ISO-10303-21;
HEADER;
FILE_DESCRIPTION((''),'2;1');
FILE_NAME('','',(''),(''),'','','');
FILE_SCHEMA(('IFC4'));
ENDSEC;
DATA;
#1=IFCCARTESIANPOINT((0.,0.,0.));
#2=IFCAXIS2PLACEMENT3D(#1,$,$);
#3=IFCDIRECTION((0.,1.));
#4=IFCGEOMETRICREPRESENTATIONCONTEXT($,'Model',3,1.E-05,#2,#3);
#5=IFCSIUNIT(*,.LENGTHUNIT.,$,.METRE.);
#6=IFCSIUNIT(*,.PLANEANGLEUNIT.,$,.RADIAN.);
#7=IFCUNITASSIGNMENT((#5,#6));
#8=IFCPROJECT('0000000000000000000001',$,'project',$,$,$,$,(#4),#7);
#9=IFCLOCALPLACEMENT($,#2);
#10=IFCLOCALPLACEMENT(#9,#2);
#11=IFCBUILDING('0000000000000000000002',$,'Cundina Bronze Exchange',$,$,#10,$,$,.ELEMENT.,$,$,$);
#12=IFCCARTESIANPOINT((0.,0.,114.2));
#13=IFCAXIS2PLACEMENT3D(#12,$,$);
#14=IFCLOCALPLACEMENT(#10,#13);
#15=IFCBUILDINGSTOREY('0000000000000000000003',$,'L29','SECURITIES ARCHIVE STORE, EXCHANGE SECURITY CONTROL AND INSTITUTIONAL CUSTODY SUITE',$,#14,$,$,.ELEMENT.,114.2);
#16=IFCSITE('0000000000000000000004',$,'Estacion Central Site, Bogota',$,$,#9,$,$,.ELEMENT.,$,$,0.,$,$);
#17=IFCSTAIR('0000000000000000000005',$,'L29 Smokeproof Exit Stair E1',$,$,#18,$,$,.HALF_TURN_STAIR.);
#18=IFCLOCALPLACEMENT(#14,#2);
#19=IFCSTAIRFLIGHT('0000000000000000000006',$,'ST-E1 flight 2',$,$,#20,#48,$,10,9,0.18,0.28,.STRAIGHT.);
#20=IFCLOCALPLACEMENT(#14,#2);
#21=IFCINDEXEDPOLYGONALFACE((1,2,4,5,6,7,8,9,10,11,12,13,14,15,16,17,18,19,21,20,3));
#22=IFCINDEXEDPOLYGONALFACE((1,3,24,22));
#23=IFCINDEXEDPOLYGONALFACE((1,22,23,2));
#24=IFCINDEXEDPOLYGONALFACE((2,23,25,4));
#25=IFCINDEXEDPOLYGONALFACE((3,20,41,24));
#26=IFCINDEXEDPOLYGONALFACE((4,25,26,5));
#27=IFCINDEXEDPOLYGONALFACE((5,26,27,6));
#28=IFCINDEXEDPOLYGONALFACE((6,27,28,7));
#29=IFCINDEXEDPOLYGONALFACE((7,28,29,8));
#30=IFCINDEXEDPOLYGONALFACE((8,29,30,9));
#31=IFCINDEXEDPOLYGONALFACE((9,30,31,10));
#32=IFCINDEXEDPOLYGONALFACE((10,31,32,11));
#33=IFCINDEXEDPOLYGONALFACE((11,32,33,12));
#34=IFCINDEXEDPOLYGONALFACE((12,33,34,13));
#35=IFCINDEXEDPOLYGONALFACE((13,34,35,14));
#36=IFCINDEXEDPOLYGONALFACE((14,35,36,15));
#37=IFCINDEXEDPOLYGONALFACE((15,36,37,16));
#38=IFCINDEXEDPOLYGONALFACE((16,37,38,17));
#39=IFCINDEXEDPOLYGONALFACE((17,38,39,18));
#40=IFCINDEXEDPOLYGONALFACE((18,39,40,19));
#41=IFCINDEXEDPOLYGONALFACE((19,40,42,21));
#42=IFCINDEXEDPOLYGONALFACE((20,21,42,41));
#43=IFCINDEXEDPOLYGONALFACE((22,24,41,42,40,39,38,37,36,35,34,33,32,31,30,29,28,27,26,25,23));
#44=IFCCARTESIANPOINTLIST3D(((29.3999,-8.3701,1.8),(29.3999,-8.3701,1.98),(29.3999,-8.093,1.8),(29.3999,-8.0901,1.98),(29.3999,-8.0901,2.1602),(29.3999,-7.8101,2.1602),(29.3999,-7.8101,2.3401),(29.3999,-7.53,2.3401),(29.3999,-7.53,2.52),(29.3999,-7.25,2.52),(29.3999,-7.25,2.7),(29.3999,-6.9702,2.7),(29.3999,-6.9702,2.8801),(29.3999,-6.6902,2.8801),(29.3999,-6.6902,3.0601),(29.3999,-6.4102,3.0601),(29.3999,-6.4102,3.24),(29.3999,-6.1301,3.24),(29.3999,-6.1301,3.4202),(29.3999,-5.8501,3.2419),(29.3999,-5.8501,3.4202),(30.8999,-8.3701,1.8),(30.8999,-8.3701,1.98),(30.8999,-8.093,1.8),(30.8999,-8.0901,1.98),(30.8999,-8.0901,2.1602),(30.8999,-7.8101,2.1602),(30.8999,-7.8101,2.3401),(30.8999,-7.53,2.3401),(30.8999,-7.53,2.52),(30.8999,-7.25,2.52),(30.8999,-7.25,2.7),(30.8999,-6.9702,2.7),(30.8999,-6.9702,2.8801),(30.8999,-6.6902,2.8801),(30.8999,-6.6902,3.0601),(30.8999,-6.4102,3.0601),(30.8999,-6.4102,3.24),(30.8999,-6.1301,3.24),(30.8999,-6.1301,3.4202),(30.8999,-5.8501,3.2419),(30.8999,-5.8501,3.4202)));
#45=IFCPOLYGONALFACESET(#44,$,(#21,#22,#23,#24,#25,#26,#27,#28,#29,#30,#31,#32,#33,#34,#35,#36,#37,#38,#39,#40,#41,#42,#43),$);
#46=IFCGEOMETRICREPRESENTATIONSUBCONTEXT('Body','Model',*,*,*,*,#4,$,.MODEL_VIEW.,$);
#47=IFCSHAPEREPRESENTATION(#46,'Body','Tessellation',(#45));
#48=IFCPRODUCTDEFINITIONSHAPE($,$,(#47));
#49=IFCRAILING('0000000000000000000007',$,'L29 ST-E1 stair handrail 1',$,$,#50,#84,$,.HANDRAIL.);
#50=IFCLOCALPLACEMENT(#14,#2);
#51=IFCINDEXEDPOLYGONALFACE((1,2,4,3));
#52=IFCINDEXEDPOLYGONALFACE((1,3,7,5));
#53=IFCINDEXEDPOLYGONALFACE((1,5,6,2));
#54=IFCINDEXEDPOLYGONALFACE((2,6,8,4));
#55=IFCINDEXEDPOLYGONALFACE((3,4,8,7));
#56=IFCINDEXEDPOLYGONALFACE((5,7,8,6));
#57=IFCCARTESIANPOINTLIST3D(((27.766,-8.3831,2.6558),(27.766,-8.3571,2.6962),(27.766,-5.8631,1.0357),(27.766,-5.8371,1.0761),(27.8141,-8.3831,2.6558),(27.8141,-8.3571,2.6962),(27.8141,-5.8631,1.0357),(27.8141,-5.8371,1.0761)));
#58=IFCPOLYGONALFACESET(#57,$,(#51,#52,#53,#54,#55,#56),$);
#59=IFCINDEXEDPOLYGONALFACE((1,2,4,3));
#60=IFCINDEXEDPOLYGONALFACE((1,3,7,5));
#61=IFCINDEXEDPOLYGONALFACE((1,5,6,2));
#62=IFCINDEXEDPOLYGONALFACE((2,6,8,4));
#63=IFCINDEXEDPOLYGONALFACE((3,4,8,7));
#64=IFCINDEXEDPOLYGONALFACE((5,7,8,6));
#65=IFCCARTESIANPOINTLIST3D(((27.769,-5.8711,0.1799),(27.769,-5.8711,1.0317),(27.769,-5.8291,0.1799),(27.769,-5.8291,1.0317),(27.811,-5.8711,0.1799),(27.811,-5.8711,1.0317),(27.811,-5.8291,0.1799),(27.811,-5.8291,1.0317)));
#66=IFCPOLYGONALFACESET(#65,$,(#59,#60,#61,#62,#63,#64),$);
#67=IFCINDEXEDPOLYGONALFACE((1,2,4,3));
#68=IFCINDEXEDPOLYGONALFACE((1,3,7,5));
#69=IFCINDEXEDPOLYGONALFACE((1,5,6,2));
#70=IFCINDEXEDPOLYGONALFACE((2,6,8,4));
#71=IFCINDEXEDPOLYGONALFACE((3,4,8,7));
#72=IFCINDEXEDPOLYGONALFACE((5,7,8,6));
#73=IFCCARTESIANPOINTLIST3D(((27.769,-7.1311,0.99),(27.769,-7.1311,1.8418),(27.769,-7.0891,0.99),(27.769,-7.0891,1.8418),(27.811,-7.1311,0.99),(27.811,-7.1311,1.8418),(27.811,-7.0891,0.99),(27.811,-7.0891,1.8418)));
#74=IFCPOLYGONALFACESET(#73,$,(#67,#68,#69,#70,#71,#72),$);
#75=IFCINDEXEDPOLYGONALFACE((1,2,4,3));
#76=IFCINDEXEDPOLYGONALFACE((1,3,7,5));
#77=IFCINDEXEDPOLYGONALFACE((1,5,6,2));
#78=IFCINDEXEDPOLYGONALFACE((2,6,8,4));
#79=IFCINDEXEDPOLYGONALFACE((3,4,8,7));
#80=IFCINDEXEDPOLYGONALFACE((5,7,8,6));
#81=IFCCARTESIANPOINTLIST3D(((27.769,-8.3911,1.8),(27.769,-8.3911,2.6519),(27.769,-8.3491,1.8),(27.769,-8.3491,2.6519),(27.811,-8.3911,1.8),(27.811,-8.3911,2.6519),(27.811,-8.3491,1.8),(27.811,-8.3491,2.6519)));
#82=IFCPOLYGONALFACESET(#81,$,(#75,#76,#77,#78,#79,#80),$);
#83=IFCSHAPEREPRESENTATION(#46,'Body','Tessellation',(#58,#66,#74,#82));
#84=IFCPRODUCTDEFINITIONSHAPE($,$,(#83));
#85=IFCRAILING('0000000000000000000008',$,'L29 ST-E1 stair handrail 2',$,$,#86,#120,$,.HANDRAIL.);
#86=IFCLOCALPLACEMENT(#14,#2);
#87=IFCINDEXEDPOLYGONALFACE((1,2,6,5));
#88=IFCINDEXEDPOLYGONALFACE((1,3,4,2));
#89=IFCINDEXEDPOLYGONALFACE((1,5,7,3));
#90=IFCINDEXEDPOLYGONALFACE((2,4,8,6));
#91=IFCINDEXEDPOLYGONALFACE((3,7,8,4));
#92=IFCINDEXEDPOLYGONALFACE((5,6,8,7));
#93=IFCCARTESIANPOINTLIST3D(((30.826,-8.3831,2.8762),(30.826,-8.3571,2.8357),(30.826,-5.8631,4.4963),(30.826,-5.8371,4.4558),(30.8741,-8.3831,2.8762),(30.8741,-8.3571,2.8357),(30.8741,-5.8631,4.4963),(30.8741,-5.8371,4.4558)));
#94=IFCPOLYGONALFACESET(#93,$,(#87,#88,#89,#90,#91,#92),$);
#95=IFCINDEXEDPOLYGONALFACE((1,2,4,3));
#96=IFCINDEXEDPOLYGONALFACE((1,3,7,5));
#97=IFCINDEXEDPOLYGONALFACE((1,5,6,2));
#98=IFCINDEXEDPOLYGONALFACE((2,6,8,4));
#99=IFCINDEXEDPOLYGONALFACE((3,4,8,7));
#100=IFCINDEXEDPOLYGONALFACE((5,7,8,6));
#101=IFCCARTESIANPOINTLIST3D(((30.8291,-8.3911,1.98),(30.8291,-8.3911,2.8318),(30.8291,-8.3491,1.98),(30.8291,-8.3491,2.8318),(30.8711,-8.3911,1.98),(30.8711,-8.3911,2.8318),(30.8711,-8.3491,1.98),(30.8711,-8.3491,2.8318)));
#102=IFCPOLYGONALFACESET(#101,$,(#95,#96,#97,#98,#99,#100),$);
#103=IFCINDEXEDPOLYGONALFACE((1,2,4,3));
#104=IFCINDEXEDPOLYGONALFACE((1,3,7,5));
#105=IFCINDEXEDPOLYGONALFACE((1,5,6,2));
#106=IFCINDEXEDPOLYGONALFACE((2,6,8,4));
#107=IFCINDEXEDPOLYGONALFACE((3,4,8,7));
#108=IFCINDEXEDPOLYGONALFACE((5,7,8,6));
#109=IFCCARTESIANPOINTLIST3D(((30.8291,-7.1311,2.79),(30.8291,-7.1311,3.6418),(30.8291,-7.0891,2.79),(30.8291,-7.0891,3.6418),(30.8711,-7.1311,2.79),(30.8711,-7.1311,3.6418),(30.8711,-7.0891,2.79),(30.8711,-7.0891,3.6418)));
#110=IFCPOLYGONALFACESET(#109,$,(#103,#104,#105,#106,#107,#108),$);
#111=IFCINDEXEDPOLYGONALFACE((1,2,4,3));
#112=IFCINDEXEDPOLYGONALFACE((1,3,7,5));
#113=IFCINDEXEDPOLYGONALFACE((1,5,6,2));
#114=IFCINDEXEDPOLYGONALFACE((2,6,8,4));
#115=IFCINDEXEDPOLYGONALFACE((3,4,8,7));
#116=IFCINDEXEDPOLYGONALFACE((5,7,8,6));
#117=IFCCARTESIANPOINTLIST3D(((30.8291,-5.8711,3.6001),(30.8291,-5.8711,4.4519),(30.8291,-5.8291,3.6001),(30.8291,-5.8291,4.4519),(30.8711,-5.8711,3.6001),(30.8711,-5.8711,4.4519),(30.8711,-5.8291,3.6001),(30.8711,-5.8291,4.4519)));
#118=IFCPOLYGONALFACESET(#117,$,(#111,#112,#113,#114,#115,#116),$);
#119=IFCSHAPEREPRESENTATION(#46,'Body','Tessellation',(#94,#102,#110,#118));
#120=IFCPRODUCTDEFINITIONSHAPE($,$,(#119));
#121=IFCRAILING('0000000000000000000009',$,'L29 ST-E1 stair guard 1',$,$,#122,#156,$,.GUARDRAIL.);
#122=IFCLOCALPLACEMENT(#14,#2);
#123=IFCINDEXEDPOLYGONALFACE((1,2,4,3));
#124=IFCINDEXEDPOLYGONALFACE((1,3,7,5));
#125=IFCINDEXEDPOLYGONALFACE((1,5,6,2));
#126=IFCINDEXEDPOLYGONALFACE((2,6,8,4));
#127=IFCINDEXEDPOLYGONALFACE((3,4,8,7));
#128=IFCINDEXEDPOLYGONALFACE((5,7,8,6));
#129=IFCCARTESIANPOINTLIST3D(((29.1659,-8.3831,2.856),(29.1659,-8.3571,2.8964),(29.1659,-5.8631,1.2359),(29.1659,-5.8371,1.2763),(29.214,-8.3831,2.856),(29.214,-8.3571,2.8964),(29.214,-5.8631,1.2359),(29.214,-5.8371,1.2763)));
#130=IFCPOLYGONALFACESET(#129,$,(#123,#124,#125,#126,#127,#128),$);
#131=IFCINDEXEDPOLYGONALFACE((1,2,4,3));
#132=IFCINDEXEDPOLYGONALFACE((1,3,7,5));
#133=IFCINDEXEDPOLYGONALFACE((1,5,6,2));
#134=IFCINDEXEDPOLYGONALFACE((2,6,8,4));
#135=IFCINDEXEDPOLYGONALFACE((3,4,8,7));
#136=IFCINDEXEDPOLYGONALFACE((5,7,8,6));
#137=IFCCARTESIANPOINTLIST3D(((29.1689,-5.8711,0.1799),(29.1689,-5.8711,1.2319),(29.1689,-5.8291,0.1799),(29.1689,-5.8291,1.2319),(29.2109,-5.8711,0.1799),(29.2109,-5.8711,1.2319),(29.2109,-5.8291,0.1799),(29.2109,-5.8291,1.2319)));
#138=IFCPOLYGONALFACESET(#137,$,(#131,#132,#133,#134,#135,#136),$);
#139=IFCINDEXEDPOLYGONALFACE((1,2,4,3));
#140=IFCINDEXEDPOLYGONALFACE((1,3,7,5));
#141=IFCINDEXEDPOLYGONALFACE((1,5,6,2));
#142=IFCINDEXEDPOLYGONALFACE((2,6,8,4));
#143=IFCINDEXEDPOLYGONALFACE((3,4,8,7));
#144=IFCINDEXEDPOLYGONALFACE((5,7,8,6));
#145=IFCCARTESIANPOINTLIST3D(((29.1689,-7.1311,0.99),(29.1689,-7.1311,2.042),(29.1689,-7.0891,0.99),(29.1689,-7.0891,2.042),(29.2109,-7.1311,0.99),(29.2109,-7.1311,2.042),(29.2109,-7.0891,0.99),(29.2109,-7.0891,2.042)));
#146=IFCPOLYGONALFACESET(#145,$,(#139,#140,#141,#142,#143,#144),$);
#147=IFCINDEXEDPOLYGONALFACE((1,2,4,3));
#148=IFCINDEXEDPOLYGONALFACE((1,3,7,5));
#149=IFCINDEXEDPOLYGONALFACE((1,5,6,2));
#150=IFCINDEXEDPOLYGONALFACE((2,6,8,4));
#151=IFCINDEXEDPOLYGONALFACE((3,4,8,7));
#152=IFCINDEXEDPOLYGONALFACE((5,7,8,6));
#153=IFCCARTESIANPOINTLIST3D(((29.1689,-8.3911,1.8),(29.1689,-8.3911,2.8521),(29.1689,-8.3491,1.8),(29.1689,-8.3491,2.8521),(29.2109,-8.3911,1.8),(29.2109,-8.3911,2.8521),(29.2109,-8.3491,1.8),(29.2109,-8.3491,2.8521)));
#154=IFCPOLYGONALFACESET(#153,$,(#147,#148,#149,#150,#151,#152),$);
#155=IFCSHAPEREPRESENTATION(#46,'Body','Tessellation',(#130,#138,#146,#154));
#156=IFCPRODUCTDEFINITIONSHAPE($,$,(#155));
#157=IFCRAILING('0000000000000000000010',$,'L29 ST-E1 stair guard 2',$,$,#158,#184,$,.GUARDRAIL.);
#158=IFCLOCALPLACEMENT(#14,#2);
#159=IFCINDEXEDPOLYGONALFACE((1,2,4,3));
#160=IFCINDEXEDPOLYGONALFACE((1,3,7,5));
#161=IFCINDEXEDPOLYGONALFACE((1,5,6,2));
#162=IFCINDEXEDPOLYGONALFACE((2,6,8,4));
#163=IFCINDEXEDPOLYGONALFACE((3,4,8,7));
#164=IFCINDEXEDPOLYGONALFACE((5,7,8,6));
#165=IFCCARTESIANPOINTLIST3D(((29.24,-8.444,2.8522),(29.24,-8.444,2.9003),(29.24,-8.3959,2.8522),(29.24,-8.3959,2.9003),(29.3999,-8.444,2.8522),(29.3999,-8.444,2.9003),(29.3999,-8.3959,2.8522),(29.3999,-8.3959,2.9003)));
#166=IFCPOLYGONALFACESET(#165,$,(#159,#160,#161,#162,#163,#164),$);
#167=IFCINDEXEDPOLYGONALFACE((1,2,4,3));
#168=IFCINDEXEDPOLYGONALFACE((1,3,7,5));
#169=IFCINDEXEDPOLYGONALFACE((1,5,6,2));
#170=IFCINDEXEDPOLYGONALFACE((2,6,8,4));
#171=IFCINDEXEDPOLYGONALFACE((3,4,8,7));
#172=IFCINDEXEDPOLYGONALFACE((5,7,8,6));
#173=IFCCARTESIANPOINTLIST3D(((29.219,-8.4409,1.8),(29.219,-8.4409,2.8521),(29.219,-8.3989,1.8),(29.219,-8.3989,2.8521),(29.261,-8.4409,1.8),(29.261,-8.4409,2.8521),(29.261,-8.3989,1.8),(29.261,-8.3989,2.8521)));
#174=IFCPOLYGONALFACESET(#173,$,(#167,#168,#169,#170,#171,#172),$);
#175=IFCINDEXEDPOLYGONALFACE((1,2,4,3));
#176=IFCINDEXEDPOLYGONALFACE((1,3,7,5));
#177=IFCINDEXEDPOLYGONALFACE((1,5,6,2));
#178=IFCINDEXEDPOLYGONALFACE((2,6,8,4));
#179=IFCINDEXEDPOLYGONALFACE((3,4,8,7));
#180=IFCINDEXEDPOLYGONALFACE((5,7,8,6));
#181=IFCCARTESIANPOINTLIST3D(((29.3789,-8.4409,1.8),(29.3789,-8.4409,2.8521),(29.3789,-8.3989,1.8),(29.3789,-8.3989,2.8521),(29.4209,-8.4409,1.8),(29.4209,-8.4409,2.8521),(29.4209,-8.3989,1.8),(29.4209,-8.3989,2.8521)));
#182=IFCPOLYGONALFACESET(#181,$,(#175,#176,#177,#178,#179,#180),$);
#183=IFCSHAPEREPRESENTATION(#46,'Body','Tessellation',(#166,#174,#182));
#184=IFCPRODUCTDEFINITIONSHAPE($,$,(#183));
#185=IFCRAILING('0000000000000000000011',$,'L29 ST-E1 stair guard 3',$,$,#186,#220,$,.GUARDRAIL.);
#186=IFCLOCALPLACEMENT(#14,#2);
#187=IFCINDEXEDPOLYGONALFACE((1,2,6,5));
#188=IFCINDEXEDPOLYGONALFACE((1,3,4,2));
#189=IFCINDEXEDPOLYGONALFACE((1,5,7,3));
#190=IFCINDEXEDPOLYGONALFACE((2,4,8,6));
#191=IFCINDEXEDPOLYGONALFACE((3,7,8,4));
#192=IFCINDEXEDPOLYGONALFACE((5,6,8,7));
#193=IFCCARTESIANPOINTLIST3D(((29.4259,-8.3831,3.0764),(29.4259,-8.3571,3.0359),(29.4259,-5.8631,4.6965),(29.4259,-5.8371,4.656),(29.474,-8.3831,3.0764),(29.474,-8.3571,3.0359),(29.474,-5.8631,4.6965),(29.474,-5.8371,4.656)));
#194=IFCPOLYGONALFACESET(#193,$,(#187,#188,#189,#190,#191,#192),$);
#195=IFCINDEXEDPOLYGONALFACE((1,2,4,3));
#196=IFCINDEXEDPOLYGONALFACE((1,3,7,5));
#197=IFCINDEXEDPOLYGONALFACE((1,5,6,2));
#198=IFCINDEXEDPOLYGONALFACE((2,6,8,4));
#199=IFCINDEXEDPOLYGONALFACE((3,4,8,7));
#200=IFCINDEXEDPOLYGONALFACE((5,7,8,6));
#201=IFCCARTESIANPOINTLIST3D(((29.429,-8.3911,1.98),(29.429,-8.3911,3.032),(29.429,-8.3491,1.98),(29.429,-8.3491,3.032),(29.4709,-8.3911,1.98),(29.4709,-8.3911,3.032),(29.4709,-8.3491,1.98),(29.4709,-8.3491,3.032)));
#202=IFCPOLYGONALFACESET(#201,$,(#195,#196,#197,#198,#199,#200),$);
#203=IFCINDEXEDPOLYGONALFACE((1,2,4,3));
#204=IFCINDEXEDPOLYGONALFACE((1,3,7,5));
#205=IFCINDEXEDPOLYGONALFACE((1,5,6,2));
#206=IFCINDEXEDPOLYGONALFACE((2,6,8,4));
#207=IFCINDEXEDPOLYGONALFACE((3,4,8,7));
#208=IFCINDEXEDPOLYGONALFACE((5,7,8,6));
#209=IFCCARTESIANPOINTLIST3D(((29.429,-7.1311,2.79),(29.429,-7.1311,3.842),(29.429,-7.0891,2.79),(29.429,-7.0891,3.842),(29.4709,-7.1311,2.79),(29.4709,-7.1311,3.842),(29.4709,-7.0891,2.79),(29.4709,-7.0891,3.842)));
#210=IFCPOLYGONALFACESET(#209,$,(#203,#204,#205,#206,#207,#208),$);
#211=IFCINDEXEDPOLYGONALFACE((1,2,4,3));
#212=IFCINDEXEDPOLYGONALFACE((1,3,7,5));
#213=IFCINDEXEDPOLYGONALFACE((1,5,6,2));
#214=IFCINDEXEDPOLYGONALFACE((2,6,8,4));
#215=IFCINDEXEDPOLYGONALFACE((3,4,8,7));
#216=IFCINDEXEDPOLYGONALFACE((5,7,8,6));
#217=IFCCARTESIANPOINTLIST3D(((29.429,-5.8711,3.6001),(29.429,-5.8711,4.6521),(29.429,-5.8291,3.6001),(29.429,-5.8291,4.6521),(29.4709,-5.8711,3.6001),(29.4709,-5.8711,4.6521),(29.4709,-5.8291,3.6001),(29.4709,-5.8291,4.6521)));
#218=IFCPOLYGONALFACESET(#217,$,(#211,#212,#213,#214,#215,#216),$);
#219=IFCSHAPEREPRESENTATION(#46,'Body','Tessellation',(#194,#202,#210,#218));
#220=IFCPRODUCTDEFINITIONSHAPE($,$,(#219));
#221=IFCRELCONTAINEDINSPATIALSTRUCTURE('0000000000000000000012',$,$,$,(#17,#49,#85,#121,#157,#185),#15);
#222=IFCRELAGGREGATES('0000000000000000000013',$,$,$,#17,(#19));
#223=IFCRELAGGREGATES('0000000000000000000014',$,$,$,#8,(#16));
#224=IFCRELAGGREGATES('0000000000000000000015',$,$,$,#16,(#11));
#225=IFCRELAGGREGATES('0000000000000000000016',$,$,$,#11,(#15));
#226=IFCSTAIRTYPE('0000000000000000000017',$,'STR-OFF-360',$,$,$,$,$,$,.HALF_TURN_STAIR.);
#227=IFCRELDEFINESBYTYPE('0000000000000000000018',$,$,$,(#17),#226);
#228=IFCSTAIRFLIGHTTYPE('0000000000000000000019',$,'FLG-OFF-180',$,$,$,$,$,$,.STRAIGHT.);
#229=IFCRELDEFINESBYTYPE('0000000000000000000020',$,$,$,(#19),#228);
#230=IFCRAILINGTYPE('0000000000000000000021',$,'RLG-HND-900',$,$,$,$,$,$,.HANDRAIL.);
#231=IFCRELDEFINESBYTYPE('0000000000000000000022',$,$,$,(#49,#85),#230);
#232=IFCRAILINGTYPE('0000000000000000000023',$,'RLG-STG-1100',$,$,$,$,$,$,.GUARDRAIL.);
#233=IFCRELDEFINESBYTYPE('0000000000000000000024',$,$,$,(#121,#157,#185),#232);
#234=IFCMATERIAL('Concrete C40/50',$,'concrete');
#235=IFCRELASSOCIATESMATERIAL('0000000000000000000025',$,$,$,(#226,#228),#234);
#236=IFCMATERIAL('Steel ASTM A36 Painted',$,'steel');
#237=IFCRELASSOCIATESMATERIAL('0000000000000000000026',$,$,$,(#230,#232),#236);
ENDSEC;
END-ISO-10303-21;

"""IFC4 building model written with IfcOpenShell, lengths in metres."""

from ifc_helpers import new_model, si_unit, direction, frame, origin, origin_2d, place, context, subcontext, project, spatial, polyline, rectangle, outline, extrude, material, type_object, element, aggregate, save


model = new_model("IFC4")

# Units and contexts
model_context = context("Model", 3, precision=1e-05, world=origin(), true_north=direction((0.0, 1.0)))
body_context = subcontext(model_context, "Body", "Model", "MODEL_VIEW")
ifc_project = project(units=[si_unit("LENGTHUNIT", "METRE"), si_unit("PLANEANGLEUNIT", "RADIAN")], contexts=[model_context])

# Site, building, storey
site_placement = place(None, origin())
site = spatial("IfcSite", under=ifc_project, at=site_placement, Name="Estacion Central Site, Bogota", CompositionType="ELEMENT", RefElevation=0.0)
building_placement = place(site_placement, origin())
building = spatial("IfcBuilding", under=site, at=building_placement, Name="Cundina Bronze Exchange", CompositionType="ELEMENT")
storey_placement = place(building_placement, frame((0.0, 0.0, 114.2)))
storey = spatial("IfcBuildingStorey", under=building, at=storey_placement, Name="L29", Description="SECURITIES ARCHIVE STORE, EXCHANGE SECURITY CONTROL AND INSTITUTIONAL CUSTODY SUITE", CompositionType="ELEMENT", Elevation=114.2)

# Stair, stair flight
ifc_material_1 = material(Name="Concrete C40/50", Category="concrete")
stair_type = type_object("IfcStairType", Name="STR-OFF-360", PredefinedType="HALF_TURN_STAIR", material=ifc_material_1)
stair_placement = place(storey_placement, origin())
stair = element("IfcStair", 1, at=stair_placement, inside=storey, type_object=stair_type, Name="L29 Smokeproof Exit Stair E1", PredefinedType="HALF_TURN_STAIR")
stair_flight_type = type_object("IfcStairFlightType", Name="FLG-OFF-180", PredefinedType="STRAIGHT", material=ifc_material_1)
stair_flight_1_placement = place(storey_placement, frame((30.1499, -8.3701, 1.8), z_axis=(0.0, 0.0, 1.0), x_axis=(0.0, 1.0, 0.0)))
stair_flight_1 = element("IfcStairFlight", 2, at=stair_flight_1_placement, type_object=stair_flight_type, Name="ST-E1 flight 2", NumberOfRisers=10, NumberOfTreads=9, PredefinedType="STRAIGHT", RiserHeight=0.18, TreadLength=0.28, context=body_context, shape_type="SweptSolid", body=[
    extrude(outline(polyline([(0.0, 0.0), (0.0, 0.1799), (0.28, 0.1799), (0.28, 0.3601), (0.5601, 0.3601), (0.5601, 0.54), (0.8401, 0.54), (0.8401, 0.72), (1.1201, 0.72), (1.1201, 0.8999), (1.3999, 0.8999), (1.3999, 1.0801), (1.6799, 1.0801), (1.6799, 1.26), (1.96, 1.26), (1.96, 1.4399), (2.24, 1.4399), (2.24, 1.6201), (2.52, 1.6201), (2.52, 1.8), (2.52, 1.4419), (0.2771, 0.0), (0.0, 0.0)])), frame((0.0, 0.75, 0.0), z_axis=(0.0, -1.0, 0.0), x_axis=(1.0, 0.0, 0.0)), (0.0, 0.0, 1.0), 1.5),
])
aggregate(stair, [stair_flight_1])

# Railings
ifc_material_2 = material(Name="Steel ASTM A36 Painted", Category="steel")
railing_type_1 = type_object("IfcRailingType", Name="RLG-HND-900", PredefinedType="HANDRAIL", material=ifc_material_2)
railing_1_placement = place(storey_placement, frame((27.79, -5.8501, 0.1799)))
element("IfcRailing", 3, at=railing_1_placement, inside=storey, type_object=railing_type_1, Name="L29 ST-E1 stair handrail 1", PredefinedType="HANDRAIL", context=body_context, shape_type="SweptSolid", body=[
    extrude(rectangle(XDim=0.0481, YDim=0.0481, at=origin_2d()), frame((0.0, 0.0, 0.876), z_axis=(0.0, -0.841163, 0.540782), x_axis=(1.0, 0.0, 0.0)), (0.0, 0.0, 1.0), 2.9958),
    extrude(rectangle(XDim=0.042, YDim=0.042, at=origin_2d()), origin(), (0.0, 0.0, 1.0), 0.8518),
    extrude(rectangle(XDim=0.042, YDim=0.042, at=origin_2d()), frame((0.0, -1.26, 0.8101)), (0.0, 0.0, 1.0), 0.8518),
    extrude(rectangle(XDim=0.042, YDim=0.042, at=origin_2d()), frame((0.0, -2.52, 1.6201)), (0.0, 0.0, 1.0), 0.8518),
])
railing_2_placement = place(storey_placement, frame((30.8501, -8.3701, 1.98)))
element("IfcRailing", 4, at=railing_2_placement, inside=storey, type_object=railing_type_1, Name="L29 ST-E1 stair handrail 2", PredefinedType="HANDRAIL", context=body_context, shape_type="SweptSolid", body=[
    extrude(rectangle(XDim=0.0481, YDim=0.0481, at=origin_2d()), frame((0.0, 0.0, 0.876), z_axis=(0.0, 0.841163, 0.540782), x_axis=(-1.0, 0.0, 0.0)), (0.0, 0.0, 1.0), 2.9958),
    extrude(rectangle(XDim=0.042, YDim=0.042, at=origin_2d()), origin(), (0.0, 0.0, 1.0), 0.8518),
    extrude(rectangle(XDim=0.042, YDim=0.042, at=origin_2d()), frame((0.0, 1.26, 0.8101)), (0.0, 0.0, 1.0), 0.8518),
    extrude(rectangle(XDim=0.042, YDim=0.042, at=origin_2d()), frame((0.0, 2.52, 1.6201)), (0.0, 0.0, 1.0), 0.8518),
])
railing_type_2 = type_object("IfcRailingType", Name="RLG-STG-1100", PredefinedType="GUARDRAIL", material=ifc_material_2)
railing_3_placement = place(storey_placement, frame((29.1899, -5.8501, 0.1799)))
element("IfcRailing", 5, at=railing_3_placement, inside=storey, type_object=railing_type_2, Name="L29 ST-E1 stair guard 1", PredefinedType="GUARDRAIL", context=body_context, shape_type="SweptSolid", body=[
    extrude(rectangle(XDim=0.0481, YDim=0.0481, at=origin_2d()), frame((0.0, 0.0, 1.0762), z_axis=(0.0, -0.841163, 0.540782), x_axis=(1.0, 0.0, 0.0)), (0.0, 0.0, 1.0), 2.9958),
    extrude(rectangle(XDim=0.042, YDim=0.042, at=origin_2d()), origin(), (0.0, 0.0, 1.0), 1.052),
    extrude(rectangle(XDim=0.042, YDim=0.042, at=origin_2d()), frame((0.0, -1.26, 0.8101)), (0.0, 0.0, 1.0), 1.052),
    extrude(rectangle(XDim=0.042, YDim=0.042, at=origin_2d()), frame((0.0, -2.52, 1.6201)), (0.0, 0.0, 1.0), 1.052),
])
railing_4_placement = place(storey_placement, frame((29.24, -8.4199, 1.8)))
element("IfcRailing", 6, at=railing_4_placement, inside=storey, type_object=railing_type_2, Name="L29 ST-E1 stair guard 2", PredefinedType="GUARDRAIL", context=body_context, shape_type="SweptSolid", body=[
    extrude(rectangle(XDim=0.0481, YDim=0.0481, at=origin_2d()), frame((0.0, 0.0, 1.0762), z_axis=(1.0, 0.0, 0.0), x_axis=(0.0, 1.0, 0.0)), (0.0, 0.0, 1.0), 0.1599),
    extrude(rectangle(XDim=0.042, YDim=0.042, at=origin_2d()), origin(), (0.0, 0.0, 1.0), 1.052),
    extrude(rectangle(XDim=0.042, YDim=0.042, at=origin_2d()), frame((0.1599, 0.0, 0.0)), (0.0, 0.0, 1.0), 1.052),
])
railing_5_placement = place(storey_placement, frame((29.45, -8.3701, 1.98)))
element("IfcRailing", 7, at=railing_5_placement, inside=storey, type_object=railing_type_2, Name="L29 ST-E1 stair guard 3", PredefinedType="GUARDRAIL", context=body_context, shape_type="SweptSolid", body=[
    extrude(rectangle(XDim=0.0481, YDim=0.0481, at=origin_2d()), frame((0.0, 0.0, 1.0762), z_axis=(0.0, 0.841163, 0.540782), x_axis=(-1.0, 0.0, 0.0)), (0.0, 0.0, 1.0), 2.9958),
    extrude(rectangle(XDim=0.042, YDim=0.042, at=origin_2d()), origin(), (0.0, 0.0, 1.0), 1.052),
    extrude(rectangle(XDim=0.042, YDim=0.042, at=origin_2d()), frame((0.0, 1.26, 0.8101)), (0.0, 0.0, 1.0), 1.052),
    extrude(rectangle(XDim=0.042, YDim=0.042, at=origin_2d()), frame((0.0, 2.52, 1.6201)), (0.0, 0.0, 1.0), 1.052),
])

save(model, "model.ifc")
